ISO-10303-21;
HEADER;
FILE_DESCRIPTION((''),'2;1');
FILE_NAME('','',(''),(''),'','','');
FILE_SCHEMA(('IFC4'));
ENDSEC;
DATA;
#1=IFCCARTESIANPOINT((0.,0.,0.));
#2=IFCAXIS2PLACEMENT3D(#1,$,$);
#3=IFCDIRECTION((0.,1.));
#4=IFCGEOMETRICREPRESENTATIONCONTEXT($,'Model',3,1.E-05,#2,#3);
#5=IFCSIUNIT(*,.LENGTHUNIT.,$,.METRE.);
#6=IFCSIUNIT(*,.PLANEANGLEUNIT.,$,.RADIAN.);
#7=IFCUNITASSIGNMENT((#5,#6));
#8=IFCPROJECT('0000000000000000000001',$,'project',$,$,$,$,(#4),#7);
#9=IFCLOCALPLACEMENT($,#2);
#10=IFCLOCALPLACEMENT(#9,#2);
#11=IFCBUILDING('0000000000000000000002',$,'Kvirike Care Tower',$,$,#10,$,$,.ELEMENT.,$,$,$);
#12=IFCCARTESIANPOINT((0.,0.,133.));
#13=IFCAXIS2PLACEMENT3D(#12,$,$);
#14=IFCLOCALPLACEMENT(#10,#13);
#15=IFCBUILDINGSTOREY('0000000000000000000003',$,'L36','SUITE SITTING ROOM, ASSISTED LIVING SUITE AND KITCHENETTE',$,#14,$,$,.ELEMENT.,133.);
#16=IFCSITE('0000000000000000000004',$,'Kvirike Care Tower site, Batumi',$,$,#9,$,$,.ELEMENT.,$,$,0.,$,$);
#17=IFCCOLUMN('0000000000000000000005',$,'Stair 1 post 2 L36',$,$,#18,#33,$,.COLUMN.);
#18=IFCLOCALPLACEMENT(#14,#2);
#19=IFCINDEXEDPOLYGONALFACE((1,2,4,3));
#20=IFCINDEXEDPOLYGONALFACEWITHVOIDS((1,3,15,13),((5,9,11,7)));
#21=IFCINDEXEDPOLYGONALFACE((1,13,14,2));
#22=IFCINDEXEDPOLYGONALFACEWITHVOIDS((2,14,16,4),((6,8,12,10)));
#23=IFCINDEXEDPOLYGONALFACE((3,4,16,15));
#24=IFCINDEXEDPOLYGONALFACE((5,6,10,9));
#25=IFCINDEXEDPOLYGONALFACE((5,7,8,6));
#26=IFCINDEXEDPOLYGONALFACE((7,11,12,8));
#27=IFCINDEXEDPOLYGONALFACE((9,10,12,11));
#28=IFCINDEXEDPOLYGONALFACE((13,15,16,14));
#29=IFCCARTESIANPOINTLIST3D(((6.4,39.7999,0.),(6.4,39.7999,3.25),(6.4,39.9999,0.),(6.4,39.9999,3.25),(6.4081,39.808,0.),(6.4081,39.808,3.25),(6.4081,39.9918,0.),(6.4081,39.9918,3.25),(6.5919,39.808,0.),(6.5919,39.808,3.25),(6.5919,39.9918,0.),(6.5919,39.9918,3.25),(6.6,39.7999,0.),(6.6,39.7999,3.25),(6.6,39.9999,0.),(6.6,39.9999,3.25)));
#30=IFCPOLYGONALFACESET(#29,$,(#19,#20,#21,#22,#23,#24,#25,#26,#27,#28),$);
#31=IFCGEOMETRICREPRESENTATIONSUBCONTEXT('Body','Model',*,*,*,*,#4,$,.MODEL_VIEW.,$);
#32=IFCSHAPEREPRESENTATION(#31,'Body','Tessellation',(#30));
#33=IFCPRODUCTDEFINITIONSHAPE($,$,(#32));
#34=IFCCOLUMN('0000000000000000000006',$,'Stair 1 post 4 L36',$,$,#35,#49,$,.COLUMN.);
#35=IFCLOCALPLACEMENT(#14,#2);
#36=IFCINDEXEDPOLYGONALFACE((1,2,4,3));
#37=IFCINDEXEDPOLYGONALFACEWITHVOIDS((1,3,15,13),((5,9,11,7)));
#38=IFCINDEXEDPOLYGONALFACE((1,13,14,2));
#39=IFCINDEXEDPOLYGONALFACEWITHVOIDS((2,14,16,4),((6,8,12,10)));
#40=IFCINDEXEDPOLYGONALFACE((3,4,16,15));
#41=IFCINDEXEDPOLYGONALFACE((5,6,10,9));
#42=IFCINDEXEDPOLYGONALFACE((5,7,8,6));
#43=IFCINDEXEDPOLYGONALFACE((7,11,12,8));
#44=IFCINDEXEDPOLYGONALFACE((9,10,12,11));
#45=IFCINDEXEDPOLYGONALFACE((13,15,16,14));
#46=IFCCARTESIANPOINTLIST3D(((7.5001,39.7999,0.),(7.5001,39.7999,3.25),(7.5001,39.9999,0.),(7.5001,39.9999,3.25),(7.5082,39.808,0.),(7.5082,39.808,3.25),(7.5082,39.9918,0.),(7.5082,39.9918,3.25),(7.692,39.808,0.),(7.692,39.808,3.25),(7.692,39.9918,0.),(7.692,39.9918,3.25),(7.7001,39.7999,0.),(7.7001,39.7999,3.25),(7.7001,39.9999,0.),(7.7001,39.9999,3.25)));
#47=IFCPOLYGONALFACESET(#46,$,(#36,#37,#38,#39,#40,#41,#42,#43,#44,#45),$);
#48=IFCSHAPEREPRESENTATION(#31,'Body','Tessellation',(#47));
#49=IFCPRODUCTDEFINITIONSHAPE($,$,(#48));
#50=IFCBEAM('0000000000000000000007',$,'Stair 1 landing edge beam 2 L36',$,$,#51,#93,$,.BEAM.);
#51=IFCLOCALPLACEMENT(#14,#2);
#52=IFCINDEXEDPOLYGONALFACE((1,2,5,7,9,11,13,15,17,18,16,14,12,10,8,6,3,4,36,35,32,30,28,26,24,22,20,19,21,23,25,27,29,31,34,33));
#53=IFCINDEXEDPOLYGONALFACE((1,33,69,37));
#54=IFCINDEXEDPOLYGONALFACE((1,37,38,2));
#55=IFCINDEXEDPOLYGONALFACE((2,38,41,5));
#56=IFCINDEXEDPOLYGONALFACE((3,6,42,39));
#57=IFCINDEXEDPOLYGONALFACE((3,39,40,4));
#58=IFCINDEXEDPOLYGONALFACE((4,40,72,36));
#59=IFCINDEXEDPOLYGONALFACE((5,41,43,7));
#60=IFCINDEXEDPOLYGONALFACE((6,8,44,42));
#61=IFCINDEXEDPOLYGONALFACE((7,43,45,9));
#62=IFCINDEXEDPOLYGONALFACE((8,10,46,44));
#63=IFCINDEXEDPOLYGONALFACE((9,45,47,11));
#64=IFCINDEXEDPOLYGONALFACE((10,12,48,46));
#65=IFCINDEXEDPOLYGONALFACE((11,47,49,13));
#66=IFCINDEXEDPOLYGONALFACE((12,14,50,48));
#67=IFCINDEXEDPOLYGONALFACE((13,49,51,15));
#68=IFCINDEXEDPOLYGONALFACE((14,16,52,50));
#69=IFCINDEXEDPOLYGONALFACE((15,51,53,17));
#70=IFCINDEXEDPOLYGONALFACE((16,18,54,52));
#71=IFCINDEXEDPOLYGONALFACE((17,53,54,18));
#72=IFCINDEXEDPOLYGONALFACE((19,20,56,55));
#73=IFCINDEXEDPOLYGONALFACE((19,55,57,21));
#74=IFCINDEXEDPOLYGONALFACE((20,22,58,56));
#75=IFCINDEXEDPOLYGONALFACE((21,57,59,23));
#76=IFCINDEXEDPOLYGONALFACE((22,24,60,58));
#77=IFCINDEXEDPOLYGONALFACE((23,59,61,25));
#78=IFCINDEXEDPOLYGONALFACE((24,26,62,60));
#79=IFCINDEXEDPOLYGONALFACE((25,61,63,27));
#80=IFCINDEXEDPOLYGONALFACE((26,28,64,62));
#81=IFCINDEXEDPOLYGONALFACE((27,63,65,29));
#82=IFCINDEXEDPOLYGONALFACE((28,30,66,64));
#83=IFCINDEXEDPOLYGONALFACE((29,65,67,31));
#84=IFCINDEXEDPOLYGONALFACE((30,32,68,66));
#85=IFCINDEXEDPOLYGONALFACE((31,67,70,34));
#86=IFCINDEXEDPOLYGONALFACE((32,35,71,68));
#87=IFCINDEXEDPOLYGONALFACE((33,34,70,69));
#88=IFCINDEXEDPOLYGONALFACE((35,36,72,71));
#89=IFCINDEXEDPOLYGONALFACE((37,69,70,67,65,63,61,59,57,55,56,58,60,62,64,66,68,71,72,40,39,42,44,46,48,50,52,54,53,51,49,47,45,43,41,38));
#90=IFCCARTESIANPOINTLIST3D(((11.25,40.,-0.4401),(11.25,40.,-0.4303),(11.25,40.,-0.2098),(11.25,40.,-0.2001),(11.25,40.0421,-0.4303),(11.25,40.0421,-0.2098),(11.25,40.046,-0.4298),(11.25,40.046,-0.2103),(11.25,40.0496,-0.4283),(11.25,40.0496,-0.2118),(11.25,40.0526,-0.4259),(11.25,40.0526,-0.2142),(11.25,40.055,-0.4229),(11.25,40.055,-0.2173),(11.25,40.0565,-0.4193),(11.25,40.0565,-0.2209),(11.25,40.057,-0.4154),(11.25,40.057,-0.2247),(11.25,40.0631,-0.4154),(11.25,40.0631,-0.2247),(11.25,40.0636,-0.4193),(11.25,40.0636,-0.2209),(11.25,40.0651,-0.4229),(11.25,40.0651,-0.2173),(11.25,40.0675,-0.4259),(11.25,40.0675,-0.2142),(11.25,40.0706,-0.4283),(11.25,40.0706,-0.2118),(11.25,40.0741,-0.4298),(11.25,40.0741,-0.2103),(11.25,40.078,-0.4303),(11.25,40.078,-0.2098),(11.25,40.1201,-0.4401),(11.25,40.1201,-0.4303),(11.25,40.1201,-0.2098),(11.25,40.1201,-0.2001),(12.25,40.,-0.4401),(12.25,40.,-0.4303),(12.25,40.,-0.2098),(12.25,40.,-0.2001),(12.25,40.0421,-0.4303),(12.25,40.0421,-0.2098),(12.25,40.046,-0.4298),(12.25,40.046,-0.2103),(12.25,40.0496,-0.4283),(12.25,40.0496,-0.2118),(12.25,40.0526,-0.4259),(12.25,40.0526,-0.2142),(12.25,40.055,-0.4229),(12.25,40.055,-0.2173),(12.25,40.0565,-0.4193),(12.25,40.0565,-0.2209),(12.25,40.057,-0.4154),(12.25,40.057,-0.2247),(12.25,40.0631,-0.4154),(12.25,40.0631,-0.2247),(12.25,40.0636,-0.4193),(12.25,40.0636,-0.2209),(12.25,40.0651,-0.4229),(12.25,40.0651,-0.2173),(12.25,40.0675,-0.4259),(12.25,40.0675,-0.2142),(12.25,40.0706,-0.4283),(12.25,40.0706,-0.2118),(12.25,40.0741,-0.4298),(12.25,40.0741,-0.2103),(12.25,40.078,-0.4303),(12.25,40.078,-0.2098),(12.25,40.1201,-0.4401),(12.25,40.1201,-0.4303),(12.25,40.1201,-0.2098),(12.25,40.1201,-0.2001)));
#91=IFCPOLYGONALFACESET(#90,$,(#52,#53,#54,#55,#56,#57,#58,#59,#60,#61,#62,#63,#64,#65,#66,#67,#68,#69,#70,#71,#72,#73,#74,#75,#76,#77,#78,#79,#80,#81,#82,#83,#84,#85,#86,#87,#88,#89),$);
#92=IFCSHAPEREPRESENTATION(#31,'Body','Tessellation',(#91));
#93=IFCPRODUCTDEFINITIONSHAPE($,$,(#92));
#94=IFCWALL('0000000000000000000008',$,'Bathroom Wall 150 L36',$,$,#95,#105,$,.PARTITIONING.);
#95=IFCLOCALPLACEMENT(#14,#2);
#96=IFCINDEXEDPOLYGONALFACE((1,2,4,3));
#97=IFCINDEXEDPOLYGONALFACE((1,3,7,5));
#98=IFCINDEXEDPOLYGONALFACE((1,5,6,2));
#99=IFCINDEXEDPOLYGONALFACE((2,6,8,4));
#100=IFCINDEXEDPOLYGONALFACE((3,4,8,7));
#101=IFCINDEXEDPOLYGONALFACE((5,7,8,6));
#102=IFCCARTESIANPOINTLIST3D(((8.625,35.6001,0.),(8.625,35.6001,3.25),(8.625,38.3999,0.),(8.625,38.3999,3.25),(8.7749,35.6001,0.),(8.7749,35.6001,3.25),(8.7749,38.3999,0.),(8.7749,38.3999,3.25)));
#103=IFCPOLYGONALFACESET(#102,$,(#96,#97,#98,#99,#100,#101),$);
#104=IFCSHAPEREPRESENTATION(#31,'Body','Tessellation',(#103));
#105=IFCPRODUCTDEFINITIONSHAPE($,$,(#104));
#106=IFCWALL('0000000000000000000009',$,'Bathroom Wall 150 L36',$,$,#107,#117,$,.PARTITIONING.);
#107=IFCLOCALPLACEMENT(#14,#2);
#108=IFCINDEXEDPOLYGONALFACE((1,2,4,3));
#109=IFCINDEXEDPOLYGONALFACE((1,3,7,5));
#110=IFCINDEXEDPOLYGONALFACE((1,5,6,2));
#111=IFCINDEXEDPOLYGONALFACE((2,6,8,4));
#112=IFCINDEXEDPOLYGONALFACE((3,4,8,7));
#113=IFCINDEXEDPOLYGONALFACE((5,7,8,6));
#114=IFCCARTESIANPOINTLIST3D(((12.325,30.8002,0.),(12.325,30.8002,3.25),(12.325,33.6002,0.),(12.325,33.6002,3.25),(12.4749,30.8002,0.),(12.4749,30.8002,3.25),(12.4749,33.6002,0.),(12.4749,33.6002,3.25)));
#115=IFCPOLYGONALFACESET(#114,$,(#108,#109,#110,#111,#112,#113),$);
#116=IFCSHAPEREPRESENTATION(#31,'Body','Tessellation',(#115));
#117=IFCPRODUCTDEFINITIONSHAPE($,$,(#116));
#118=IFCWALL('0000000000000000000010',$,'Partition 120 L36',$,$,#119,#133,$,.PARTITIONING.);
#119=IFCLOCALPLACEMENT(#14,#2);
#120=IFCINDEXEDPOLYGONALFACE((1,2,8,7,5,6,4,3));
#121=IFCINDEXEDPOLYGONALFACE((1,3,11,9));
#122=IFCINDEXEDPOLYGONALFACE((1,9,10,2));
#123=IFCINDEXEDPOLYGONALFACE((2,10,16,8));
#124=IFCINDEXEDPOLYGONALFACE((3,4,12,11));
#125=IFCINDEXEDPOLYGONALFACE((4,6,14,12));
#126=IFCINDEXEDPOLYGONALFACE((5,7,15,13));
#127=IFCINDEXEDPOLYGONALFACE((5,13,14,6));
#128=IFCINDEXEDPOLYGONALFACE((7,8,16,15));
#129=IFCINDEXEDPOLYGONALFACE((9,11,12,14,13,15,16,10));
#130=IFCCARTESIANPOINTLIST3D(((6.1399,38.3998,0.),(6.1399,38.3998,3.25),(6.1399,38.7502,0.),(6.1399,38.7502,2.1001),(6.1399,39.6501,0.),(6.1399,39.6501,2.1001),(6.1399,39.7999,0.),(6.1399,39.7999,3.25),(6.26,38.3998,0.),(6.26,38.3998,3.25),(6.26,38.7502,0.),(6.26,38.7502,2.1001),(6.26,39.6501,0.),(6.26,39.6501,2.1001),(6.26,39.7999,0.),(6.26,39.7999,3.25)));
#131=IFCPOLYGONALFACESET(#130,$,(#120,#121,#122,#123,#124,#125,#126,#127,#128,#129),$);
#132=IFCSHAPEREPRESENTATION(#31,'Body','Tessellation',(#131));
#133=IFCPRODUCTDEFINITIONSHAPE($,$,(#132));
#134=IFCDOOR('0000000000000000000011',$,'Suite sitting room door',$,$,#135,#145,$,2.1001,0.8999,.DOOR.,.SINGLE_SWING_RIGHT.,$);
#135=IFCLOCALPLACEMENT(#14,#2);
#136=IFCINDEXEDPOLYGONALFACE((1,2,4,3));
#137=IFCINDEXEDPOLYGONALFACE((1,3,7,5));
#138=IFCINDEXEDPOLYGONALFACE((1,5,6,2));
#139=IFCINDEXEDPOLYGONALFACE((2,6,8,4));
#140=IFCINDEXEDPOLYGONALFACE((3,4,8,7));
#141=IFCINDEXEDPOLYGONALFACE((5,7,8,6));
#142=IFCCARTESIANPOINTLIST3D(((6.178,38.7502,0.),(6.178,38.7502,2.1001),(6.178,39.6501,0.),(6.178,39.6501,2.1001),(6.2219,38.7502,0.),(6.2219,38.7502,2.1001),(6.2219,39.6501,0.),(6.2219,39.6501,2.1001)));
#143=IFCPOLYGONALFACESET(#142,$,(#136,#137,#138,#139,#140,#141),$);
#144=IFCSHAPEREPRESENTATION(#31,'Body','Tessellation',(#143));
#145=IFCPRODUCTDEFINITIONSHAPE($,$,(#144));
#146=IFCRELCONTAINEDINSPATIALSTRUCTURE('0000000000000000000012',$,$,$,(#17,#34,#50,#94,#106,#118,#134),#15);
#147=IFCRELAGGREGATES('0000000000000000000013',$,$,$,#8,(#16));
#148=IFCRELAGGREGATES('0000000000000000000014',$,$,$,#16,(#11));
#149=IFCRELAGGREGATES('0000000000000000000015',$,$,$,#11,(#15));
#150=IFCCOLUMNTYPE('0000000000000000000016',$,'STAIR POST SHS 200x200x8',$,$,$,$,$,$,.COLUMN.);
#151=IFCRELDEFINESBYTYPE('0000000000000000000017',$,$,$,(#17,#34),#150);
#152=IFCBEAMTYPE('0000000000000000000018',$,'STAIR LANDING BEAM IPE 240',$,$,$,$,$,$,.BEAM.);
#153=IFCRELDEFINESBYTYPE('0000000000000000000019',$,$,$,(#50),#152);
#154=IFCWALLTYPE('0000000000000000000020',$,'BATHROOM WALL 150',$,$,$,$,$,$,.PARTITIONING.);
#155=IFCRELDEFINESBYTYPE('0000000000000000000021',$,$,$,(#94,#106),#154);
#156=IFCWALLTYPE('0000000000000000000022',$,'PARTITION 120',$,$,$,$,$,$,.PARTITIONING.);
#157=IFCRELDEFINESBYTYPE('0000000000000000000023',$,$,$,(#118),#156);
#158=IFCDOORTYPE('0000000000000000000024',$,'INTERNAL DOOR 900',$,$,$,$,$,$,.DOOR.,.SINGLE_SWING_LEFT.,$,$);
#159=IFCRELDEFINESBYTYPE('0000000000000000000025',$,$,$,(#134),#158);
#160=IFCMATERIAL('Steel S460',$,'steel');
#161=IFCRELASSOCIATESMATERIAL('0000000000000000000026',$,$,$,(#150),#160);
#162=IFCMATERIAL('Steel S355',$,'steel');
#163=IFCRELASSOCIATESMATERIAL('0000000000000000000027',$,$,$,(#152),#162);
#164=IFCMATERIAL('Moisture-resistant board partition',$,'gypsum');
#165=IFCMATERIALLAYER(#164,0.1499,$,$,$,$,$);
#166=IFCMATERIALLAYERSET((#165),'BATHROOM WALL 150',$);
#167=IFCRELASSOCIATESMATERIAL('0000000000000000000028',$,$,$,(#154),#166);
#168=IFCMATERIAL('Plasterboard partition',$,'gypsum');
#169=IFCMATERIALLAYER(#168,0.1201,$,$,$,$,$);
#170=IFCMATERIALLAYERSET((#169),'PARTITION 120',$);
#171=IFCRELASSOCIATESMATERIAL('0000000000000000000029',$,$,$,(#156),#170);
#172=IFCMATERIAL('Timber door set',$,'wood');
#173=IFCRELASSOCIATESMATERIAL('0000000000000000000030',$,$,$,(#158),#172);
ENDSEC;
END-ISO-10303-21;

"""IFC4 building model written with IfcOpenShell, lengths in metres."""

from ifc_helpers import new_model, si_unit, direction, frame, frame_2d, origin, origin_2d, place, context, subcontext, project, spatial, rectangle, hollow_rectangle, i_section, extrude, material, layer, layer_set, material_profile, profile_set, type_object, element, fill, save


model = new_model("IFC4")

# Units and contexts
model_context = context("Model", 3, precision=1e-05, world=origin(), true_north=direction((0.0, 1.0)))
body_context = subcontext(model_context, "Body", "Model", "MODEL_VIEW")
ifc_project = project(units=[si_unit("LENGTHUNIT", "METRE"), si_unit("PLANEANGLEUNIT", "RADIAN")], contexts=[model_context])

# Site, building, storey
site_placement = place(None, origin())
site = spatial("IfcSite", under=ifc_project, at=site_placement, Name="Kvirike Care Tower site, Batumi", CompositionType="ELEMENT", RefElevation=0.0)
building_placement = place(site_placement, origin())
building = spatial("IfcBuilding", under=site, at=building_placement, Name="Kvirike Care Tower", CompositionType="ELEMENT")
storey_placement = place(building_placement, frame((0.0, 0.0, 133.0)))
storey = spatial("IfcBuildingStorey", under=building, at=storey_placement, Name="L36", Description="SUITE SITTING ROOM, ASSISTED LIVING SUITE AND KITCHENETTE", CompositionType="ELEMENT", Elevation=133.0)

# Columns
ifc_material_1 = material(Name="Steel S460", Category="steel")
ifc_material_profile_1 = material_profile(ifc_material_1, hollow_rectangle(XDim=0.2, YDim=0.2, WallThickness=0.0081, at=origin_2d()), Name="SHS 200x200x8")
ifc_profile_set_1 = profile_set([ifc_material_profile_1], Name="Steel S460")
column_type = type_object("IfcColumnType", Name="STAIR POST SHS 200x200x8", PredefinedType="COLUMN", material=ifc_profile_set_1)
for number, where, z_axis, x_axis, name in (
    (1, (6.5, 39.8999, 0.0), (0.0, 0.0, 1.0), (1.0, 0.0, 0.0), "Stair 1 post 2 L36"),
    (2, (7.6001, 39.8999, 0.0), (0.0, 0.0, 1.0), (1.0, 0.0, 0.0), "Stair 1 post 4 L36"),
):
    element("IfcColumn", number, at=place(storey_placement, frame(where, z_axis=z_axis, x_axis=x_axis)), inside=storey, type_object=column_type, Name=name, PredefinedType="COLUMN", context=body_context, shape_type="SweptSolid", body=[
        extrude(hollow_rectangle(XDim=0.2, YDim=0.2, WallThickness=0.0081, at=origin_2d()), origin(), (0.0, 0.0, 1.0), 3.25),
    ])

# Beam
ifc_material_2 = material(Name="Steel S355", Category="steel")
ifc_material_profile_2 = material_profile(ifc_material_2, i_section(OverallWidth=0.1201, OverallDepth=0.24, WebThickness=0.0061, FlangeThickness=0.0098, FilletRadius=0.0149, at=origin_2d()), Name="IPE 240")
ifc_profile_set_2 = profile_set([ifc_material_profile_2], Name="Steel S355")
beam_type = type_object("IfcBeamType", Name="STAIR LANDING BEAM IPE 240", PredefinedType="BEAM", material=ifc_profile_set_2)
beam_placement = place(storey_placement, frame((11.25, 40.0601, -0.3201), z_axis=(1.0, 0.0, 0.0), x_axis=(0.0, 1.0, 0.0)))
element("IfcBeam", 3, at=beam_placement, inside=storey, type_object=beam_type, Name="Stair 1 landing edge beam 2 L36", PredefinedType="BEAM", context=body_context, shape_type="SweptSolid", body=[
    extrude(i_section(OverallWidth=0.1201, OverallDepth=0.24, WebThickness=0.0061, FlangeThickness=0.0098, FilletRadius=0.0149, at=origin_2d()), origin(), (0.0, 0.0, 1.0), 1.0),
])

# Walls
ifc_material_3 = material(Name="Moisture-resistant board partition", Category="gypsum")
ifc_layer_1 = layer(ifc_material_3, 0.1499)
ifc_layer_set_1 = layer_set([ifc_layer_1], Name="BATHROOM WALL 150")
wall_type_1 = type_object("IfcWallType", Name="BATHROOM WALL 150", PredefinedType="PARTITIONING", material=ifc_layer_set_1)
wall_1_placement = place(storey_placement, frame((8.7, 38.3999, 0.0), z_axis=(0.0, 0.0, 1.0), x_axis=(0.0, -1.0, 0.0)))
element("IfcWall", 4, at=wall_1_placement, inside=storey, type_object=wall_type_1, Name="Bathroom Wall 150 L36", PredefinedType="PARTITIONING", context=body_context, shape_type="SweptSolid", body=[
    extrude(rectangle(XDim=2.7998, YDim=0.1499, at=frame_2d((1.3999, 0.0))), origin(), (0.0, 0.0, 1.0), 3.25),
])
wall_2_placement = place(storey_placement, frame((12.3999, 33.6001, 0.0), z_axis=(0.0, 0.0, 1.0), x_axis=(0.0, -1.0, 0.0)))
element("IfcWall", 5, at=wall_2_placement, inside=storey, type_object=wall_type_1, Name="Bathroom Wall 150 L36", PredefinedType="PARTITIONING", context=body_context, shape_type="SweptSolid", body=[
    extrude(rectangle(XDim=2.8, YDim=0.1499, at=frame_2d((1.3999, 0.0))), origin(), (0.0, 0.0, 1.0), 3.25),
])

# Wall, opening, door
ifc_material_4 = material(Name="Plasterboard partition", Category="gypsum")
ifc_layer_2 = layer(ifc_material_4, 0.1201)
ifc_layer_set_2 = layer_set([ifc_layer_2], Name="PARTITION 120")
wall_type_2 = type_object("IfcWallType", Name="PARTITION 120", PredefinedType="PARTITIONING", material=ifc_layer_set_2)
wall_3_placement = place(storey_placement, frame((6.2, 39.8, 0.0), z_axis=(0.0, 0.0, 1.0), x_axis=(0.0, -1.0, 0.0)))
wall_3 = element("IfcWall", 6, at=wall_3_placement, inside=storey, type_object=wall_type_2, Name="Partition 120 L36", PredefinedType="PARTITIONING", context=body_context, shape_type="SweptSolid", body=[
    extrude(rectangle(XDim=1.4001, YDim=0.1201, at=frame_2d((0.7002, 0.0))), origin(), (0.0, 0.0, 1.0), 3.25),
])
opening_1_placement = place(wall_3_placement, frame((0.1499, 0.0, 0.0)))
opening_1 = element("IfcOpeningElement", 7, at=opening_1_placement, cuts=wall_3, PredefinedType="OPENING", context=body_context, shape_type="SweptSolid", body=[
    extrude(rectangle(XDim=0.8999, YDim=2.1001, at=frame_2d((0.45, 1.05))), frame((0.0, 0.0706, 0.0), z_axis=(0.0, -1.0, 0.0), x_axis=(1.0, 0.0, 0.0)), (0.0, 0.0, 1.0), 0.1411),
])
ifc_material_5 = material(Name="Timber door set", Category="wood")
door_type_1 = type_object("IfcDoorType", Name="INTERNAL DOOR 900", OperationType="SINGLE_SWING_LEFT", PredefinedType="DOOR", material=ifc_material_5)
door_1_placement = place(opening_1_placement, origin())
door_1 = element("IfcDoor", 8, at=door_1_placement, inside=storey, type_object=door_type_1, Name="Suite sitting room door", OperationType="SINGLE_SWING_RIGHT", OverallHeight=2.1001, OverallWidth=0.8999, PredefinedType="DOOR", context=body_context, shape_type="SweptSolid", body=[
    extrude(rectangle(XDim=0.8999, YDim=2.1001, at=frame_2d((0.45, 1.05))), frame((0.0, 0.022, 0.0), z_axis=(0.0, -1.0, 0.0), x_axis=(1.0, 0.0, 0.0)), (0.0, 0.0, 1.0), 0.0439),
])
fill(opening_1, door_1)

save(model, "model.ifc")
